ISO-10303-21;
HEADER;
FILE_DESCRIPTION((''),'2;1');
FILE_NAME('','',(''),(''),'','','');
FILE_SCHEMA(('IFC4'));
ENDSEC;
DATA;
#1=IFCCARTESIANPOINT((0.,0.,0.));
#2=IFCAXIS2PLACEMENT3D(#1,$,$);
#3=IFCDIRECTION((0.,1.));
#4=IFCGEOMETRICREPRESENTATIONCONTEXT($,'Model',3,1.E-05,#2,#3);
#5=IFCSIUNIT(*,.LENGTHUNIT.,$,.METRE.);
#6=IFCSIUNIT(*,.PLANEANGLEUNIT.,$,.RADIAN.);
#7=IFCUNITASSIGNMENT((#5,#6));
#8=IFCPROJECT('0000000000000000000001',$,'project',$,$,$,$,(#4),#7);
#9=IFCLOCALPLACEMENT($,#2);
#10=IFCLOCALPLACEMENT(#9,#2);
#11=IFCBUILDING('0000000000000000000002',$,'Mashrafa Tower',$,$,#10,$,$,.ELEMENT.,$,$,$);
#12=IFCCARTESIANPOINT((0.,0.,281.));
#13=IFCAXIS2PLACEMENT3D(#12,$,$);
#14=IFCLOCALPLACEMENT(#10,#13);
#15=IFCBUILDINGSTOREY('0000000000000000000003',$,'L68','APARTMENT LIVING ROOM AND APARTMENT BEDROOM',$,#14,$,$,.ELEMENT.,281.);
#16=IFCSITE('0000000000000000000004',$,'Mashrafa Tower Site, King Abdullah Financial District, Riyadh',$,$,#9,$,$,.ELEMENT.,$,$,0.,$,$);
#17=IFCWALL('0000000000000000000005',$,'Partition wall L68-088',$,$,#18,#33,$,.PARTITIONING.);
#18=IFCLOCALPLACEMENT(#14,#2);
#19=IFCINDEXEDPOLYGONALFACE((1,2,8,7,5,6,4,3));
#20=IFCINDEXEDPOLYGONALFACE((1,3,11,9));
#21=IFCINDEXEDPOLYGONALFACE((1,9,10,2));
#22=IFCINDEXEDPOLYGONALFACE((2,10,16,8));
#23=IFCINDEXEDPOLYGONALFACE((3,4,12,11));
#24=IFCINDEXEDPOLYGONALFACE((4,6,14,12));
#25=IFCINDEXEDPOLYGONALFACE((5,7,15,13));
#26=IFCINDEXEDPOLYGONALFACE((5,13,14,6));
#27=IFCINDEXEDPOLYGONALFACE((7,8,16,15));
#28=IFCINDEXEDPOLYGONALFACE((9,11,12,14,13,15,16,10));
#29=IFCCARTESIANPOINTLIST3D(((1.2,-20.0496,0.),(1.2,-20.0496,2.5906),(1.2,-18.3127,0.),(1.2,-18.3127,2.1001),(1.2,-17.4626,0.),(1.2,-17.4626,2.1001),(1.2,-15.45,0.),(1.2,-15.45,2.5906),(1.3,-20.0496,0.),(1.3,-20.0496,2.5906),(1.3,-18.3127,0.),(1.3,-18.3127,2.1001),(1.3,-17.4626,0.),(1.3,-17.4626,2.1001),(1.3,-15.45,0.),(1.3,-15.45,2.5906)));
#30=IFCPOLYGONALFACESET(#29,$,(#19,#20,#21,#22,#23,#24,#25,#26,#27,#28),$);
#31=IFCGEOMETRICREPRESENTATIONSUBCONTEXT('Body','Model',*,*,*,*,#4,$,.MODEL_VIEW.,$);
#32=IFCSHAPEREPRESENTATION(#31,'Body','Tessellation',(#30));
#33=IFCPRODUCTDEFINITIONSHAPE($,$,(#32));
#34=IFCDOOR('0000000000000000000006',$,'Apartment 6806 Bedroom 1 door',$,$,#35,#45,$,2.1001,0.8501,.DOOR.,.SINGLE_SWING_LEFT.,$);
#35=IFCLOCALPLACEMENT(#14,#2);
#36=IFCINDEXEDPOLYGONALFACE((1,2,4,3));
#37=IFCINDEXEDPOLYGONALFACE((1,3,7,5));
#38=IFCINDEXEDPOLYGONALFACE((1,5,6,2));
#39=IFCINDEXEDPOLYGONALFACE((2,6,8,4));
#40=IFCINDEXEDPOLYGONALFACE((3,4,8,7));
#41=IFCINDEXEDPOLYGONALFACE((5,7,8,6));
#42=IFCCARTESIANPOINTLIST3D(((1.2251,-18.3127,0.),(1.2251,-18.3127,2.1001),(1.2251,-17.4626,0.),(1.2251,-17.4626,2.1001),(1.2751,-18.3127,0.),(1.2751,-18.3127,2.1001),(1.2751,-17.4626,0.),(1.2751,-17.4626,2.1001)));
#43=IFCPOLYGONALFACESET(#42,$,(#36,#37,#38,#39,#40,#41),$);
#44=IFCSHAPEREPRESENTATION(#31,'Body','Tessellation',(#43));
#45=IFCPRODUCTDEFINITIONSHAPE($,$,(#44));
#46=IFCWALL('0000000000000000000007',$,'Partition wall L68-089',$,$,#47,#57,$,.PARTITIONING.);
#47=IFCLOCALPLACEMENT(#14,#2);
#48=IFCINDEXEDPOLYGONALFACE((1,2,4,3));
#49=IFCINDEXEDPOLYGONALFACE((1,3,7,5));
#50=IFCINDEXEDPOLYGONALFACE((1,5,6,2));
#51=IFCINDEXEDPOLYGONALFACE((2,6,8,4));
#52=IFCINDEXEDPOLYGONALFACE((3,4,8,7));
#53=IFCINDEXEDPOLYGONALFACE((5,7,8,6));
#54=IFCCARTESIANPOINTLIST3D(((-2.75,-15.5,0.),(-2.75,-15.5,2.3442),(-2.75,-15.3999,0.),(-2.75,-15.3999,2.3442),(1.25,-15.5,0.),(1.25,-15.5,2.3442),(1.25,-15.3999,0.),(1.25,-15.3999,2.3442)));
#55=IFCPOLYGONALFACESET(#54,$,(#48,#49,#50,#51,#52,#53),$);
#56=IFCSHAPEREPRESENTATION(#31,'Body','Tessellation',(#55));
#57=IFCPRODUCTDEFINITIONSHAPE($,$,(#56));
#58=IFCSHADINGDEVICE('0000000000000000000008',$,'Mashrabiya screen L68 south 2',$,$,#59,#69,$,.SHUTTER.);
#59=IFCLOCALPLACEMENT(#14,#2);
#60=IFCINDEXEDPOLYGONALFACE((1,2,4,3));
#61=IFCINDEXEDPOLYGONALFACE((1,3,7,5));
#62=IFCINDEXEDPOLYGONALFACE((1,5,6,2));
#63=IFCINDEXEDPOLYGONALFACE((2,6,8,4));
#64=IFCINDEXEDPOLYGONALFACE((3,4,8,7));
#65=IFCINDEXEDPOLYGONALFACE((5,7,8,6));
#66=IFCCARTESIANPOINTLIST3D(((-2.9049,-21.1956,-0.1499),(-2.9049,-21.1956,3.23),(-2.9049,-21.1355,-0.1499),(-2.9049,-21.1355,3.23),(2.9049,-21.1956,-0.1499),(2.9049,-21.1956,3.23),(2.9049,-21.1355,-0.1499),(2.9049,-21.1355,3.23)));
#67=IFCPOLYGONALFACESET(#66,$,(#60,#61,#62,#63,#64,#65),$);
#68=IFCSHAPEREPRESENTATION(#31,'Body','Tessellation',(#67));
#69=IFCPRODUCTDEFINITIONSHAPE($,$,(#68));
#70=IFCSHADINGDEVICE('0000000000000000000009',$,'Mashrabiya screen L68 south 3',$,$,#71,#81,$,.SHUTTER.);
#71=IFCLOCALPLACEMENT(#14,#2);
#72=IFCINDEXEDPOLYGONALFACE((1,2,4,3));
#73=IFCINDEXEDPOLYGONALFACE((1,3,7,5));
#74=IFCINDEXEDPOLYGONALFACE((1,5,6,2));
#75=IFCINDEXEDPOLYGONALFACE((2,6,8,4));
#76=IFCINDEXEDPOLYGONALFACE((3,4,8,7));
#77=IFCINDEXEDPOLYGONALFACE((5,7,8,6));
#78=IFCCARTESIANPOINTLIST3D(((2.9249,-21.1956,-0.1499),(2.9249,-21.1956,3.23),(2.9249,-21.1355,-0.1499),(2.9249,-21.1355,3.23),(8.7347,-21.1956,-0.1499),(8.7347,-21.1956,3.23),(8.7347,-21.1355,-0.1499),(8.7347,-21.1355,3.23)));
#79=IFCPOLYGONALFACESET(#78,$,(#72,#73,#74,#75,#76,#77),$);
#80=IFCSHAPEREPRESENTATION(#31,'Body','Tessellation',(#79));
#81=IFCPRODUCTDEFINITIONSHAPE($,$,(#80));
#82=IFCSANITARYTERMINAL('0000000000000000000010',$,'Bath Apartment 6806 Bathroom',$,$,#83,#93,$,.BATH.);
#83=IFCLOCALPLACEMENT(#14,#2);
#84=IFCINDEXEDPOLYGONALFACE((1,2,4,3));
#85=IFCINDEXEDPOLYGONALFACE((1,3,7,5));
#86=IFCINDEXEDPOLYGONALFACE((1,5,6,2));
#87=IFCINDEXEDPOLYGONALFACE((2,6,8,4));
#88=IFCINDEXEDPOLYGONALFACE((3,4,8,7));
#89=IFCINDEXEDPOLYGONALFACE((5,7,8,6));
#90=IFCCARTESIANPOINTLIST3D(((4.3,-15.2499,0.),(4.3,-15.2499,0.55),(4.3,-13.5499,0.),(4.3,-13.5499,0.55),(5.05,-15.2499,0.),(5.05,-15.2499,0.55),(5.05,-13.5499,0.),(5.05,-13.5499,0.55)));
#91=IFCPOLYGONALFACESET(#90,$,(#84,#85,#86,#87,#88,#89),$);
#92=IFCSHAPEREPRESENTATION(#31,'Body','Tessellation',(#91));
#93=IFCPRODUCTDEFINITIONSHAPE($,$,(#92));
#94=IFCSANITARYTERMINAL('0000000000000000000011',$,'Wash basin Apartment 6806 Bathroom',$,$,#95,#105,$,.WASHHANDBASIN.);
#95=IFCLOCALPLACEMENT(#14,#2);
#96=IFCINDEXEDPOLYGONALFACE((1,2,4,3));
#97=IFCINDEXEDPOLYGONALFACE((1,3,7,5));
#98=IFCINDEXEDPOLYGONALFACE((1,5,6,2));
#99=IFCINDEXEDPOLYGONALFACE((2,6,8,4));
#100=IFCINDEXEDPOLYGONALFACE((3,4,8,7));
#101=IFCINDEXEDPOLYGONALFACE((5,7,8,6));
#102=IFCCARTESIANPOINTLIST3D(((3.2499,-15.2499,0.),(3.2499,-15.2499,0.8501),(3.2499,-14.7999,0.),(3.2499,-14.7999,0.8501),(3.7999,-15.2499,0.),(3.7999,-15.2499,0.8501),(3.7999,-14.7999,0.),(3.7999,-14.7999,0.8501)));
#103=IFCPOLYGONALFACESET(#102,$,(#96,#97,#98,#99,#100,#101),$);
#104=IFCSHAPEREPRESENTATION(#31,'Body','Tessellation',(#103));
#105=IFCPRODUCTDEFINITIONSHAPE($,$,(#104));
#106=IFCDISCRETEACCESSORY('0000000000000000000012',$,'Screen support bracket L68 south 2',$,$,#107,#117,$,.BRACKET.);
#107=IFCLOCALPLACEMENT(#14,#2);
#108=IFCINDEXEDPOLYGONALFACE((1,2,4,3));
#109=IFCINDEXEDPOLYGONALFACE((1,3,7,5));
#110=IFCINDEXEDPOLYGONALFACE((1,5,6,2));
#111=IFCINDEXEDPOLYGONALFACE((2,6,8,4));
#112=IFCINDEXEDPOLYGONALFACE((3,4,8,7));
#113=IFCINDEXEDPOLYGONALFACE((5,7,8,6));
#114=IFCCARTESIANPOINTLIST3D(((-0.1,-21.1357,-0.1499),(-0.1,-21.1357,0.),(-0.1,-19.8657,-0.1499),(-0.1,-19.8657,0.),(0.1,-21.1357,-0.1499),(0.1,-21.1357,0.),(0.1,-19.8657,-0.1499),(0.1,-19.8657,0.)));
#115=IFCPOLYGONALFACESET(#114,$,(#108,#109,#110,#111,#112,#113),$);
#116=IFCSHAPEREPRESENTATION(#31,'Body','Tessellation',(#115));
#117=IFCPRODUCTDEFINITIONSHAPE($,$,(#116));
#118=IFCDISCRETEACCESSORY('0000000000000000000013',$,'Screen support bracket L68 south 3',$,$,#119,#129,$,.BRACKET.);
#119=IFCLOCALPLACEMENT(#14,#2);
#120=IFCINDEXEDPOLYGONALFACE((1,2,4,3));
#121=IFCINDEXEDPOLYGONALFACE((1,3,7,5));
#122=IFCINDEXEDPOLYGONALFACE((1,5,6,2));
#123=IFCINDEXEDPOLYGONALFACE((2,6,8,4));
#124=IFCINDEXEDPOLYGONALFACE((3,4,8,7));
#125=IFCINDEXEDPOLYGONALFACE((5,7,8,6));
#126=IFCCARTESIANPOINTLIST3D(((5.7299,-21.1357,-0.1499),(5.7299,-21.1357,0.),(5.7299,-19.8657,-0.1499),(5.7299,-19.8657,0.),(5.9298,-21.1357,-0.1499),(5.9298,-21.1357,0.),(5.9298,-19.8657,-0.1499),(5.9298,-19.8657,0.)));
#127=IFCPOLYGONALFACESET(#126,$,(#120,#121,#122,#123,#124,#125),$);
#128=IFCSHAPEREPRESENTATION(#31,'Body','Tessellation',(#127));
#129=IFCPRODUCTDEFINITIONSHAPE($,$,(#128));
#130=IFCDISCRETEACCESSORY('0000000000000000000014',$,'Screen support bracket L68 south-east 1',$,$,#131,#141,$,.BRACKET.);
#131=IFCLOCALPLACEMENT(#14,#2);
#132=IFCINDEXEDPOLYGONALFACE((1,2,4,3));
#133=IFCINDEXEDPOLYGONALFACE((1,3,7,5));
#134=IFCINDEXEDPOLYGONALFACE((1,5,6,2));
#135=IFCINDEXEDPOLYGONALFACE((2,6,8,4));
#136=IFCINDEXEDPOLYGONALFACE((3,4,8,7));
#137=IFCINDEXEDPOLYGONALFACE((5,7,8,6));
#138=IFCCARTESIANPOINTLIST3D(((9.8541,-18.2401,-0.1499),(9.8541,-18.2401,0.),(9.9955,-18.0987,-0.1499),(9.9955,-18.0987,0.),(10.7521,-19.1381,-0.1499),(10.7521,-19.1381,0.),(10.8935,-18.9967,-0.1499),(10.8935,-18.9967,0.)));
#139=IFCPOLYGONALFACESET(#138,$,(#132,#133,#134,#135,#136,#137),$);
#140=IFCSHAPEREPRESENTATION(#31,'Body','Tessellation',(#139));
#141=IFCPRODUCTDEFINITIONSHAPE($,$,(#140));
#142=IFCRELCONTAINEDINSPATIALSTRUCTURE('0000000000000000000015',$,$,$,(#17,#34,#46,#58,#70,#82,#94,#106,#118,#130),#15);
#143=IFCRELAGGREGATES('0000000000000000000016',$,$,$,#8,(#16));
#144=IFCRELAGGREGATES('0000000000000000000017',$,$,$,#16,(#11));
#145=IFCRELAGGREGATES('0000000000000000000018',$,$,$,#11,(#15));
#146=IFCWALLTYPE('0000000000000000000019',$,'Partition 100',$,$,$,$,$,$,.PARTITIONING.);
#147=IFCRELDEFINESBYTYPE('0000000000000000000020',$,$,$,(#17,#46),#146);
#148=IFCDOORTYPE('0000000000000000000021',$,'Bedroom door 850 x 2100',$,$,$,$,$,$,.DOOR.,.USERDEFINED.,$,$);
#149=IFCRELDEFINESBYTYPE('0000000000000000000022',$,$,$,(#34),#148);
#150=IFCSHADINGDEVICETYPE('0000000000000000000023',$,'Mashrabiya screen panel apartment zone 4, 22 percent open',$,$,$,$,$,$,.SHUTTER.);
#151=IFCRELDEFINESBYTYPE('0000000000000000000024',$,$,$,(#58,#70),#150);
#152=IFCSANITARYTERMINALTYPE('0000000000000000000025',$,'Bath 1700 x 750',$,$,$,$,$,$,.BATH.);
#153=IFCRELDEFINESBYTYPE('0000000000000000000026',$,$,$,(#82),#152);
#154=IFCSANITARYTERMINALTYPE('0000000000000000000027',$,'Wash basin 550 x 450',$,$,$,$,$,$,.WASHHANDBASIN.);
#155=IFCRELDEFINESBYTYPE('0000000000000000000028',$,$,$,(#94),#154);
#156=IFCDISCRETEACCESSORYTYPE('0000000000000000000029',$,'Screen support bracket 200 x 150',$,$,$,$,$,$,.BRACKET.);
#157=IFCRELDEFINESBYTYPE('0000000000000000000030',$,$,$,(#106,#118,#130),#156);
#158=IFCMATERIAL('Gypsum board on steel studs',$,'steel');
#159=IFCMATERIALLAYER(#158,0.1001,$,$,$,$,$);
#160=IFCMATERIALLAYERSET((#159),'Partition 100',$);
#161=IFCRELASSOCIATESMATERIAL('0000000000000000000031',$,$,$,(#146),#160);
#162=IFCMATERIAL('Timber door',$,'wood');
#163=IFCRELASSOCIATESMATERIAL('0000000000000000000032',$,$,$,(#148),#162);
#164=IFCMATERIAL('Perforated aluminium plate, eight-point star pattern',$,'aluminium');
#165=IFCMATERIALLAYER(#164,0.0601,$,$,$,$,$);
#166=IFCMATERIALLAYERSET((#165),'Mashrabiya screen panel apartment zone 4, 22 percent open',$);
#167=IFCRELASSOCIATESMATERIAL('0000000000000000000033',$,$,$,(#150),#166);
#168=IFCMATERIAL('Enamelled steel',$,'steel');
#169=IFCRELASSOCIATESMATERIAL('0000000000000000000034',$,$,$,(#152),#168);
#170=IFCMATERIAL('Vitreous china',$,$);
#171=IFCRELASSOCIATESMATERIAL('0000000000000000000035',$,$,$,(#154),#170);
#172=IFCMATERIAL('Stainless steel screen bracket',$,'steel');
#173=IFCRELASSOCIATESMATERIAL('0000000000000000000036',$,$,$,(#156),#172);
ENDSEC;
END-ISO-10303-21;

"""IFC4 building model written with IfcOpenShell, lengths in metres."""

from ifc_helpers import new_model, si_unit, direction, frame, frame_2d, origin, origin_2d, place, context, subcontext, project, spatial, rectangle, extrude, source, transform, mapped, material, layer, layer_set, type_object, type_shapes, element, fill, save


model = new_model("IFC4")

# Units and contexts
model_context = context("Model", 3, precision=1e-05, world=origin(), true_north=direction((0.0, 1.0)))
body_context = subcontext(model_context, "Body", "Model", "MODEL_VIEW")
ifc_project = project(units=[si_unit("LENGTHUNIT", "METRE"), si_unit("PLANEANGLEUNIT", "RADIAN")], contexts=[model_context])

# Site, building, storey
site_placement = place(None, origin())
site = spatial("IfcSite", under=ifc_project, at=site_placement, Name="Mashrafa Tower Site, King Abdullah Financial District, Riyadh", CompositionType="ELEMENT", RefElevation=0.0)
building_placement = place(site_placement, origin())
building = spatial("IfcBuilding", under=site, at=building_placement, Name="Mashrafa Tower", CompositionType="ELEMENT")
storey_placement = place(building_placement, frame((0.0, 0.0, 281.0)))
storey = spatial("IfcBuildingStorey", under=building, at=storey_placement, Name="L68", Description="APARTMENT LIVING ROOM AND APARTMENT BEDROOM", CompositionType="ELEMENT", Elevation=281.0)

# Shared definitions
ifc_material_1 = material(Name="Gypsum board on steel studs", Category="steel")
ifc_layer_1 = layer(ifc_material_1, 0.1001)
ifc_layer_set_1 = layer_set([ifc_layer_1], Name="Partition 100")
wall_type = type_object("IfcWallType", Name="Partition 100", PredefinedType="PARTITIONING", material=ifc_layer_set_1)

# Wall, opening, door
wall_1_placement = place(storey_placement, frame((1.25, -20.0496, 0.0), z_axis=(0.0, 0.0, 1.0), x_axis=(0.0, 1.0, 0.0)))
wall_1 = element("IfcWall", 1, at=wall_1_placement, inside=storey, type_object=wall_type, Name="Partition wall L68-088", PredefinedType="PARTITIONING", context=body_context, shape_type="SweptSolid", body=[
    extrude(rectangle(XDim=4.5996, YDim=0.1001, at=frame_2d((2.2998, 0.0))), origin(), (0.0, 0.0, 1.0), 2.5906),
])
opening_placement = place(wall_1_placement, frame((1.7368, 0.0, 0.0)))
opening = element("IfcOpeningElement", 2, at=opening_placement, cuts=wall_1, PredefinedType="OPENING", context=body_context, shape_type="SweptSolid", body=[
    extrude(rectangle(XDim=0.8501, YDim=2.1001, at=frame_2d((0.425, 1.05))), frame((0.0, 0.0601, 0.0), z_axis=(0.0, -1.0, 0.0), x_axis=(1.0, 0.0, 0.0)), (0.0, 0.0, 1.0), 0.1201),
])
ifc_material_2 = material(Name="Timber door", Category="wood")
door_type = type_object("IfcDoorType", Name="Bedroom door 850 x 2100", OperationType="USERDEFINED", PredefinedType="DOOR", material=ifc_material_2)
door_placement = place(opening_placement, origin())
door = element("IfcDoor", 3, at=door_placement, inside=storey, type_object=door_type, Name="Apartment 6806 Bedroom 1 door", OperationType="SINGLE_SWING_LEFT", OverallHeight=2.1001, OverallWidth=0.8501, PredefinedType="DOOR", context=body_context, shape_type="SweptSolid", body=[
    extrude(rectangle(XDim=0.8501, YDim=2.1001, at=frame_2d((0.425, 1.05))), frame((0.0, 0.0249, 0.0), z_axis=(0.0, -1.0, 0.0), x_axis=(1.0, 0.0, 0.0)), (0.0, 0.0, 1.0), 0.05),
])
fill(opening, door)

# Wall
wall_2_placement = place(storey_placement, frame((1.25, -15.45, 0.0), z_axis=(0.0, 0.0, 1.0), x_axis=(-1.0, 0.0, 0.0)))
element("IfcWall", 4, at=wall_2_placement, inside=storey, type_object=wall_type, Name="Partition wall L68-089", PredefinedType="PARTITIONING", context=body_context, shape_type="SweptSolid", body=[
    extrude(rectangle(XDim=4.0, YDim=0.1001, at=frame_2d((2.0, 0.0))), origin(), (0.0, 0.0, 1.0), 2.3442),
])

# Shading devices
ifc_material_3 = material(Name="Perforated aluminium plate, eight-point star pattern", Category="aluminium")
ifc_layer_2 = layer(ifc_material_3, 0.0601)
ifc_layer_set_2 = layer_set([ifc_layer_2], Name="Mashrabiya screen panel apartment zone 4, 22 percent open")
shading_device_type = type_object("IfcShadingDeviceType", Name="Mashrabiya screen panel apartment zone 4, 22 percent open", PredefinedType="SHUTTER", material=ifc_layer_set_2)
shared_shape_1 = source(origin(), body_context, "Body", "SweptSolid", [
    extrude(rectangle(XDim=5.8098, YDim=0.0601, at=origin_2d()), origin(), (0.0, 0.0, 1.0), 3.3799),
])
type_shapes(shading_device_type, [shared_shape_1])
for number, where, z_axis, x_axis, name in (
    (5, (0.0, -21.1655, -0.1499), (0.0, 0.0, 1.0), (1.0, 0.0, 0.0), "Mashrabiya screen L68 south 2"),
    (6, (5.8298, -21.1655, -0.1499), (0.0, 0.0, 1.0), (1.0, 0.0, 0.0), "Mashrabiya screen L68 south 3"),
):
    element("IfcShadingDevice", number, at=place(storey_placement, frame(where, z_axis=z_axis, x_axis=x_axis)), inside=storey, type_object=shading_device_type, Name=name, PredefinedType="SHUTTER", context=body_context, shape_type="MappedRepresentation", body=[
        mapped(shared_shape_1, transform((0.0, 0.0, 0.0))),
    ])

# Sanitary terminals
ifc_material_4 = material(Name="Enamelled steel", Category="steel")
sanitary_terminal_type_1 = type_object("IfcSanitaryTerminalType", Name="Bath 1700 x 750", PredefinedType="BATH", material=ifc_material_4)
sanitary_terminal_1_placement = place(storey_placement, frame((4.675, -14.3999, 0.0), z_axis=(0.0, 0.0, 1.0), x_axis=(0.0, 1.0, 0.0)))
element("IfcSanitaryTerminal", 7, at=sanitary_terminal_1_placement, inside=storey, type_object=sanitary_terminal_type_1, Name="Bath Apartment 6806 Bathroom", PredefinedType="BATH", context=body_context, shape_type="SweptSolid", body=[
    extrude(rectangle(XDim=1.7, YDim=0.75, at=origin_2d()), origin(), (0.0, 0.0, 1.0), 0.55),
])
ifc_material_5 = material(Name="Vitreous china")
sanitary_terminal_type_2 = type_object("IfcSanitaryTerminalType", Name="Wash basin 550 x 450", PredefinedType="WASHHANDBASIN", material=ifc_material_5)
sanitary_terminal_2_placement = place(storey_placement, frame((3.5249, -15.0249, 0.0), z_axis=(0.0, 0.0, 1.0), x_axis=(1.0, 0.0, 0.0)))
element("IfcSanitaryTerminal", 8, at=sanitary_terminal_2_placement, inside=storey, type_object=sanitary_terminal_type_2, Name="Wash basin Apartment 6806 Bathroom", PredefinedType="WASHHANDBASIN", context=body_context, shape_type="SweptSolid", body=[
    extrude(rectangle(XDim=0.55, YDim=0.45, at=origin_2d()), origin(), (0.0, 0.0, 1.0), 0.8501),
])

# Discrete accessories
ifc_material_6 = material(Name="Stainless steel screen bracket", Category="steel")
discrete_accessory_type = type_object("IfcDiscreteAccessoryType", Name="Screen support bracket 200 x 150", PredefinedType="BRACKET", material=ifc_material_6)
shared_shape_2 = source(origin(), body_context, "Body", "SweptSolid", [
    extrude(rectangle(XDim=0.2, YDim=1.27, at=origin_2d()), origin(), (0.0, 0.0, 1.0), 0.1499),
])
type_shapes(discrete_accessory_type, [shared_shape_2])
for number, where, z_axis, x_axis, name in (
    (9, (0.0, -20.5007, -0.1499), (0.0, 0.0, 1.0), (1.0, 0.0, 0.0), "Screen support bracket L68 south 2"),
    (10, (5.8298, -20.5007, -0.1499), (0.0, 0.0, 1.0), (1.0, 0.0, 0.0), "Screen support bracket L68 south 3"),
    (11, (10.3738, -18.6184, -0.1499), (0.0, 0.0, 1.0), (0.707107, 0.707107, 0.0), "Screen support bracket L68 south-east 1"),
):
    element("IfcDiscreteAccessory", number, at=place(storey_placement, frame(where, z_axis=z_axis, x_axis=x_axis)), inside=storey, type_object=discrete_accessory_type, Name=name, PredefinedType="BRACKET", context=body_context, shape_type="MappedRepresentation", body=[
        mapped(shared_shape_2, transform((0.0, 0.0, 0.0))),
    ])

save(model, "model.ifc")
